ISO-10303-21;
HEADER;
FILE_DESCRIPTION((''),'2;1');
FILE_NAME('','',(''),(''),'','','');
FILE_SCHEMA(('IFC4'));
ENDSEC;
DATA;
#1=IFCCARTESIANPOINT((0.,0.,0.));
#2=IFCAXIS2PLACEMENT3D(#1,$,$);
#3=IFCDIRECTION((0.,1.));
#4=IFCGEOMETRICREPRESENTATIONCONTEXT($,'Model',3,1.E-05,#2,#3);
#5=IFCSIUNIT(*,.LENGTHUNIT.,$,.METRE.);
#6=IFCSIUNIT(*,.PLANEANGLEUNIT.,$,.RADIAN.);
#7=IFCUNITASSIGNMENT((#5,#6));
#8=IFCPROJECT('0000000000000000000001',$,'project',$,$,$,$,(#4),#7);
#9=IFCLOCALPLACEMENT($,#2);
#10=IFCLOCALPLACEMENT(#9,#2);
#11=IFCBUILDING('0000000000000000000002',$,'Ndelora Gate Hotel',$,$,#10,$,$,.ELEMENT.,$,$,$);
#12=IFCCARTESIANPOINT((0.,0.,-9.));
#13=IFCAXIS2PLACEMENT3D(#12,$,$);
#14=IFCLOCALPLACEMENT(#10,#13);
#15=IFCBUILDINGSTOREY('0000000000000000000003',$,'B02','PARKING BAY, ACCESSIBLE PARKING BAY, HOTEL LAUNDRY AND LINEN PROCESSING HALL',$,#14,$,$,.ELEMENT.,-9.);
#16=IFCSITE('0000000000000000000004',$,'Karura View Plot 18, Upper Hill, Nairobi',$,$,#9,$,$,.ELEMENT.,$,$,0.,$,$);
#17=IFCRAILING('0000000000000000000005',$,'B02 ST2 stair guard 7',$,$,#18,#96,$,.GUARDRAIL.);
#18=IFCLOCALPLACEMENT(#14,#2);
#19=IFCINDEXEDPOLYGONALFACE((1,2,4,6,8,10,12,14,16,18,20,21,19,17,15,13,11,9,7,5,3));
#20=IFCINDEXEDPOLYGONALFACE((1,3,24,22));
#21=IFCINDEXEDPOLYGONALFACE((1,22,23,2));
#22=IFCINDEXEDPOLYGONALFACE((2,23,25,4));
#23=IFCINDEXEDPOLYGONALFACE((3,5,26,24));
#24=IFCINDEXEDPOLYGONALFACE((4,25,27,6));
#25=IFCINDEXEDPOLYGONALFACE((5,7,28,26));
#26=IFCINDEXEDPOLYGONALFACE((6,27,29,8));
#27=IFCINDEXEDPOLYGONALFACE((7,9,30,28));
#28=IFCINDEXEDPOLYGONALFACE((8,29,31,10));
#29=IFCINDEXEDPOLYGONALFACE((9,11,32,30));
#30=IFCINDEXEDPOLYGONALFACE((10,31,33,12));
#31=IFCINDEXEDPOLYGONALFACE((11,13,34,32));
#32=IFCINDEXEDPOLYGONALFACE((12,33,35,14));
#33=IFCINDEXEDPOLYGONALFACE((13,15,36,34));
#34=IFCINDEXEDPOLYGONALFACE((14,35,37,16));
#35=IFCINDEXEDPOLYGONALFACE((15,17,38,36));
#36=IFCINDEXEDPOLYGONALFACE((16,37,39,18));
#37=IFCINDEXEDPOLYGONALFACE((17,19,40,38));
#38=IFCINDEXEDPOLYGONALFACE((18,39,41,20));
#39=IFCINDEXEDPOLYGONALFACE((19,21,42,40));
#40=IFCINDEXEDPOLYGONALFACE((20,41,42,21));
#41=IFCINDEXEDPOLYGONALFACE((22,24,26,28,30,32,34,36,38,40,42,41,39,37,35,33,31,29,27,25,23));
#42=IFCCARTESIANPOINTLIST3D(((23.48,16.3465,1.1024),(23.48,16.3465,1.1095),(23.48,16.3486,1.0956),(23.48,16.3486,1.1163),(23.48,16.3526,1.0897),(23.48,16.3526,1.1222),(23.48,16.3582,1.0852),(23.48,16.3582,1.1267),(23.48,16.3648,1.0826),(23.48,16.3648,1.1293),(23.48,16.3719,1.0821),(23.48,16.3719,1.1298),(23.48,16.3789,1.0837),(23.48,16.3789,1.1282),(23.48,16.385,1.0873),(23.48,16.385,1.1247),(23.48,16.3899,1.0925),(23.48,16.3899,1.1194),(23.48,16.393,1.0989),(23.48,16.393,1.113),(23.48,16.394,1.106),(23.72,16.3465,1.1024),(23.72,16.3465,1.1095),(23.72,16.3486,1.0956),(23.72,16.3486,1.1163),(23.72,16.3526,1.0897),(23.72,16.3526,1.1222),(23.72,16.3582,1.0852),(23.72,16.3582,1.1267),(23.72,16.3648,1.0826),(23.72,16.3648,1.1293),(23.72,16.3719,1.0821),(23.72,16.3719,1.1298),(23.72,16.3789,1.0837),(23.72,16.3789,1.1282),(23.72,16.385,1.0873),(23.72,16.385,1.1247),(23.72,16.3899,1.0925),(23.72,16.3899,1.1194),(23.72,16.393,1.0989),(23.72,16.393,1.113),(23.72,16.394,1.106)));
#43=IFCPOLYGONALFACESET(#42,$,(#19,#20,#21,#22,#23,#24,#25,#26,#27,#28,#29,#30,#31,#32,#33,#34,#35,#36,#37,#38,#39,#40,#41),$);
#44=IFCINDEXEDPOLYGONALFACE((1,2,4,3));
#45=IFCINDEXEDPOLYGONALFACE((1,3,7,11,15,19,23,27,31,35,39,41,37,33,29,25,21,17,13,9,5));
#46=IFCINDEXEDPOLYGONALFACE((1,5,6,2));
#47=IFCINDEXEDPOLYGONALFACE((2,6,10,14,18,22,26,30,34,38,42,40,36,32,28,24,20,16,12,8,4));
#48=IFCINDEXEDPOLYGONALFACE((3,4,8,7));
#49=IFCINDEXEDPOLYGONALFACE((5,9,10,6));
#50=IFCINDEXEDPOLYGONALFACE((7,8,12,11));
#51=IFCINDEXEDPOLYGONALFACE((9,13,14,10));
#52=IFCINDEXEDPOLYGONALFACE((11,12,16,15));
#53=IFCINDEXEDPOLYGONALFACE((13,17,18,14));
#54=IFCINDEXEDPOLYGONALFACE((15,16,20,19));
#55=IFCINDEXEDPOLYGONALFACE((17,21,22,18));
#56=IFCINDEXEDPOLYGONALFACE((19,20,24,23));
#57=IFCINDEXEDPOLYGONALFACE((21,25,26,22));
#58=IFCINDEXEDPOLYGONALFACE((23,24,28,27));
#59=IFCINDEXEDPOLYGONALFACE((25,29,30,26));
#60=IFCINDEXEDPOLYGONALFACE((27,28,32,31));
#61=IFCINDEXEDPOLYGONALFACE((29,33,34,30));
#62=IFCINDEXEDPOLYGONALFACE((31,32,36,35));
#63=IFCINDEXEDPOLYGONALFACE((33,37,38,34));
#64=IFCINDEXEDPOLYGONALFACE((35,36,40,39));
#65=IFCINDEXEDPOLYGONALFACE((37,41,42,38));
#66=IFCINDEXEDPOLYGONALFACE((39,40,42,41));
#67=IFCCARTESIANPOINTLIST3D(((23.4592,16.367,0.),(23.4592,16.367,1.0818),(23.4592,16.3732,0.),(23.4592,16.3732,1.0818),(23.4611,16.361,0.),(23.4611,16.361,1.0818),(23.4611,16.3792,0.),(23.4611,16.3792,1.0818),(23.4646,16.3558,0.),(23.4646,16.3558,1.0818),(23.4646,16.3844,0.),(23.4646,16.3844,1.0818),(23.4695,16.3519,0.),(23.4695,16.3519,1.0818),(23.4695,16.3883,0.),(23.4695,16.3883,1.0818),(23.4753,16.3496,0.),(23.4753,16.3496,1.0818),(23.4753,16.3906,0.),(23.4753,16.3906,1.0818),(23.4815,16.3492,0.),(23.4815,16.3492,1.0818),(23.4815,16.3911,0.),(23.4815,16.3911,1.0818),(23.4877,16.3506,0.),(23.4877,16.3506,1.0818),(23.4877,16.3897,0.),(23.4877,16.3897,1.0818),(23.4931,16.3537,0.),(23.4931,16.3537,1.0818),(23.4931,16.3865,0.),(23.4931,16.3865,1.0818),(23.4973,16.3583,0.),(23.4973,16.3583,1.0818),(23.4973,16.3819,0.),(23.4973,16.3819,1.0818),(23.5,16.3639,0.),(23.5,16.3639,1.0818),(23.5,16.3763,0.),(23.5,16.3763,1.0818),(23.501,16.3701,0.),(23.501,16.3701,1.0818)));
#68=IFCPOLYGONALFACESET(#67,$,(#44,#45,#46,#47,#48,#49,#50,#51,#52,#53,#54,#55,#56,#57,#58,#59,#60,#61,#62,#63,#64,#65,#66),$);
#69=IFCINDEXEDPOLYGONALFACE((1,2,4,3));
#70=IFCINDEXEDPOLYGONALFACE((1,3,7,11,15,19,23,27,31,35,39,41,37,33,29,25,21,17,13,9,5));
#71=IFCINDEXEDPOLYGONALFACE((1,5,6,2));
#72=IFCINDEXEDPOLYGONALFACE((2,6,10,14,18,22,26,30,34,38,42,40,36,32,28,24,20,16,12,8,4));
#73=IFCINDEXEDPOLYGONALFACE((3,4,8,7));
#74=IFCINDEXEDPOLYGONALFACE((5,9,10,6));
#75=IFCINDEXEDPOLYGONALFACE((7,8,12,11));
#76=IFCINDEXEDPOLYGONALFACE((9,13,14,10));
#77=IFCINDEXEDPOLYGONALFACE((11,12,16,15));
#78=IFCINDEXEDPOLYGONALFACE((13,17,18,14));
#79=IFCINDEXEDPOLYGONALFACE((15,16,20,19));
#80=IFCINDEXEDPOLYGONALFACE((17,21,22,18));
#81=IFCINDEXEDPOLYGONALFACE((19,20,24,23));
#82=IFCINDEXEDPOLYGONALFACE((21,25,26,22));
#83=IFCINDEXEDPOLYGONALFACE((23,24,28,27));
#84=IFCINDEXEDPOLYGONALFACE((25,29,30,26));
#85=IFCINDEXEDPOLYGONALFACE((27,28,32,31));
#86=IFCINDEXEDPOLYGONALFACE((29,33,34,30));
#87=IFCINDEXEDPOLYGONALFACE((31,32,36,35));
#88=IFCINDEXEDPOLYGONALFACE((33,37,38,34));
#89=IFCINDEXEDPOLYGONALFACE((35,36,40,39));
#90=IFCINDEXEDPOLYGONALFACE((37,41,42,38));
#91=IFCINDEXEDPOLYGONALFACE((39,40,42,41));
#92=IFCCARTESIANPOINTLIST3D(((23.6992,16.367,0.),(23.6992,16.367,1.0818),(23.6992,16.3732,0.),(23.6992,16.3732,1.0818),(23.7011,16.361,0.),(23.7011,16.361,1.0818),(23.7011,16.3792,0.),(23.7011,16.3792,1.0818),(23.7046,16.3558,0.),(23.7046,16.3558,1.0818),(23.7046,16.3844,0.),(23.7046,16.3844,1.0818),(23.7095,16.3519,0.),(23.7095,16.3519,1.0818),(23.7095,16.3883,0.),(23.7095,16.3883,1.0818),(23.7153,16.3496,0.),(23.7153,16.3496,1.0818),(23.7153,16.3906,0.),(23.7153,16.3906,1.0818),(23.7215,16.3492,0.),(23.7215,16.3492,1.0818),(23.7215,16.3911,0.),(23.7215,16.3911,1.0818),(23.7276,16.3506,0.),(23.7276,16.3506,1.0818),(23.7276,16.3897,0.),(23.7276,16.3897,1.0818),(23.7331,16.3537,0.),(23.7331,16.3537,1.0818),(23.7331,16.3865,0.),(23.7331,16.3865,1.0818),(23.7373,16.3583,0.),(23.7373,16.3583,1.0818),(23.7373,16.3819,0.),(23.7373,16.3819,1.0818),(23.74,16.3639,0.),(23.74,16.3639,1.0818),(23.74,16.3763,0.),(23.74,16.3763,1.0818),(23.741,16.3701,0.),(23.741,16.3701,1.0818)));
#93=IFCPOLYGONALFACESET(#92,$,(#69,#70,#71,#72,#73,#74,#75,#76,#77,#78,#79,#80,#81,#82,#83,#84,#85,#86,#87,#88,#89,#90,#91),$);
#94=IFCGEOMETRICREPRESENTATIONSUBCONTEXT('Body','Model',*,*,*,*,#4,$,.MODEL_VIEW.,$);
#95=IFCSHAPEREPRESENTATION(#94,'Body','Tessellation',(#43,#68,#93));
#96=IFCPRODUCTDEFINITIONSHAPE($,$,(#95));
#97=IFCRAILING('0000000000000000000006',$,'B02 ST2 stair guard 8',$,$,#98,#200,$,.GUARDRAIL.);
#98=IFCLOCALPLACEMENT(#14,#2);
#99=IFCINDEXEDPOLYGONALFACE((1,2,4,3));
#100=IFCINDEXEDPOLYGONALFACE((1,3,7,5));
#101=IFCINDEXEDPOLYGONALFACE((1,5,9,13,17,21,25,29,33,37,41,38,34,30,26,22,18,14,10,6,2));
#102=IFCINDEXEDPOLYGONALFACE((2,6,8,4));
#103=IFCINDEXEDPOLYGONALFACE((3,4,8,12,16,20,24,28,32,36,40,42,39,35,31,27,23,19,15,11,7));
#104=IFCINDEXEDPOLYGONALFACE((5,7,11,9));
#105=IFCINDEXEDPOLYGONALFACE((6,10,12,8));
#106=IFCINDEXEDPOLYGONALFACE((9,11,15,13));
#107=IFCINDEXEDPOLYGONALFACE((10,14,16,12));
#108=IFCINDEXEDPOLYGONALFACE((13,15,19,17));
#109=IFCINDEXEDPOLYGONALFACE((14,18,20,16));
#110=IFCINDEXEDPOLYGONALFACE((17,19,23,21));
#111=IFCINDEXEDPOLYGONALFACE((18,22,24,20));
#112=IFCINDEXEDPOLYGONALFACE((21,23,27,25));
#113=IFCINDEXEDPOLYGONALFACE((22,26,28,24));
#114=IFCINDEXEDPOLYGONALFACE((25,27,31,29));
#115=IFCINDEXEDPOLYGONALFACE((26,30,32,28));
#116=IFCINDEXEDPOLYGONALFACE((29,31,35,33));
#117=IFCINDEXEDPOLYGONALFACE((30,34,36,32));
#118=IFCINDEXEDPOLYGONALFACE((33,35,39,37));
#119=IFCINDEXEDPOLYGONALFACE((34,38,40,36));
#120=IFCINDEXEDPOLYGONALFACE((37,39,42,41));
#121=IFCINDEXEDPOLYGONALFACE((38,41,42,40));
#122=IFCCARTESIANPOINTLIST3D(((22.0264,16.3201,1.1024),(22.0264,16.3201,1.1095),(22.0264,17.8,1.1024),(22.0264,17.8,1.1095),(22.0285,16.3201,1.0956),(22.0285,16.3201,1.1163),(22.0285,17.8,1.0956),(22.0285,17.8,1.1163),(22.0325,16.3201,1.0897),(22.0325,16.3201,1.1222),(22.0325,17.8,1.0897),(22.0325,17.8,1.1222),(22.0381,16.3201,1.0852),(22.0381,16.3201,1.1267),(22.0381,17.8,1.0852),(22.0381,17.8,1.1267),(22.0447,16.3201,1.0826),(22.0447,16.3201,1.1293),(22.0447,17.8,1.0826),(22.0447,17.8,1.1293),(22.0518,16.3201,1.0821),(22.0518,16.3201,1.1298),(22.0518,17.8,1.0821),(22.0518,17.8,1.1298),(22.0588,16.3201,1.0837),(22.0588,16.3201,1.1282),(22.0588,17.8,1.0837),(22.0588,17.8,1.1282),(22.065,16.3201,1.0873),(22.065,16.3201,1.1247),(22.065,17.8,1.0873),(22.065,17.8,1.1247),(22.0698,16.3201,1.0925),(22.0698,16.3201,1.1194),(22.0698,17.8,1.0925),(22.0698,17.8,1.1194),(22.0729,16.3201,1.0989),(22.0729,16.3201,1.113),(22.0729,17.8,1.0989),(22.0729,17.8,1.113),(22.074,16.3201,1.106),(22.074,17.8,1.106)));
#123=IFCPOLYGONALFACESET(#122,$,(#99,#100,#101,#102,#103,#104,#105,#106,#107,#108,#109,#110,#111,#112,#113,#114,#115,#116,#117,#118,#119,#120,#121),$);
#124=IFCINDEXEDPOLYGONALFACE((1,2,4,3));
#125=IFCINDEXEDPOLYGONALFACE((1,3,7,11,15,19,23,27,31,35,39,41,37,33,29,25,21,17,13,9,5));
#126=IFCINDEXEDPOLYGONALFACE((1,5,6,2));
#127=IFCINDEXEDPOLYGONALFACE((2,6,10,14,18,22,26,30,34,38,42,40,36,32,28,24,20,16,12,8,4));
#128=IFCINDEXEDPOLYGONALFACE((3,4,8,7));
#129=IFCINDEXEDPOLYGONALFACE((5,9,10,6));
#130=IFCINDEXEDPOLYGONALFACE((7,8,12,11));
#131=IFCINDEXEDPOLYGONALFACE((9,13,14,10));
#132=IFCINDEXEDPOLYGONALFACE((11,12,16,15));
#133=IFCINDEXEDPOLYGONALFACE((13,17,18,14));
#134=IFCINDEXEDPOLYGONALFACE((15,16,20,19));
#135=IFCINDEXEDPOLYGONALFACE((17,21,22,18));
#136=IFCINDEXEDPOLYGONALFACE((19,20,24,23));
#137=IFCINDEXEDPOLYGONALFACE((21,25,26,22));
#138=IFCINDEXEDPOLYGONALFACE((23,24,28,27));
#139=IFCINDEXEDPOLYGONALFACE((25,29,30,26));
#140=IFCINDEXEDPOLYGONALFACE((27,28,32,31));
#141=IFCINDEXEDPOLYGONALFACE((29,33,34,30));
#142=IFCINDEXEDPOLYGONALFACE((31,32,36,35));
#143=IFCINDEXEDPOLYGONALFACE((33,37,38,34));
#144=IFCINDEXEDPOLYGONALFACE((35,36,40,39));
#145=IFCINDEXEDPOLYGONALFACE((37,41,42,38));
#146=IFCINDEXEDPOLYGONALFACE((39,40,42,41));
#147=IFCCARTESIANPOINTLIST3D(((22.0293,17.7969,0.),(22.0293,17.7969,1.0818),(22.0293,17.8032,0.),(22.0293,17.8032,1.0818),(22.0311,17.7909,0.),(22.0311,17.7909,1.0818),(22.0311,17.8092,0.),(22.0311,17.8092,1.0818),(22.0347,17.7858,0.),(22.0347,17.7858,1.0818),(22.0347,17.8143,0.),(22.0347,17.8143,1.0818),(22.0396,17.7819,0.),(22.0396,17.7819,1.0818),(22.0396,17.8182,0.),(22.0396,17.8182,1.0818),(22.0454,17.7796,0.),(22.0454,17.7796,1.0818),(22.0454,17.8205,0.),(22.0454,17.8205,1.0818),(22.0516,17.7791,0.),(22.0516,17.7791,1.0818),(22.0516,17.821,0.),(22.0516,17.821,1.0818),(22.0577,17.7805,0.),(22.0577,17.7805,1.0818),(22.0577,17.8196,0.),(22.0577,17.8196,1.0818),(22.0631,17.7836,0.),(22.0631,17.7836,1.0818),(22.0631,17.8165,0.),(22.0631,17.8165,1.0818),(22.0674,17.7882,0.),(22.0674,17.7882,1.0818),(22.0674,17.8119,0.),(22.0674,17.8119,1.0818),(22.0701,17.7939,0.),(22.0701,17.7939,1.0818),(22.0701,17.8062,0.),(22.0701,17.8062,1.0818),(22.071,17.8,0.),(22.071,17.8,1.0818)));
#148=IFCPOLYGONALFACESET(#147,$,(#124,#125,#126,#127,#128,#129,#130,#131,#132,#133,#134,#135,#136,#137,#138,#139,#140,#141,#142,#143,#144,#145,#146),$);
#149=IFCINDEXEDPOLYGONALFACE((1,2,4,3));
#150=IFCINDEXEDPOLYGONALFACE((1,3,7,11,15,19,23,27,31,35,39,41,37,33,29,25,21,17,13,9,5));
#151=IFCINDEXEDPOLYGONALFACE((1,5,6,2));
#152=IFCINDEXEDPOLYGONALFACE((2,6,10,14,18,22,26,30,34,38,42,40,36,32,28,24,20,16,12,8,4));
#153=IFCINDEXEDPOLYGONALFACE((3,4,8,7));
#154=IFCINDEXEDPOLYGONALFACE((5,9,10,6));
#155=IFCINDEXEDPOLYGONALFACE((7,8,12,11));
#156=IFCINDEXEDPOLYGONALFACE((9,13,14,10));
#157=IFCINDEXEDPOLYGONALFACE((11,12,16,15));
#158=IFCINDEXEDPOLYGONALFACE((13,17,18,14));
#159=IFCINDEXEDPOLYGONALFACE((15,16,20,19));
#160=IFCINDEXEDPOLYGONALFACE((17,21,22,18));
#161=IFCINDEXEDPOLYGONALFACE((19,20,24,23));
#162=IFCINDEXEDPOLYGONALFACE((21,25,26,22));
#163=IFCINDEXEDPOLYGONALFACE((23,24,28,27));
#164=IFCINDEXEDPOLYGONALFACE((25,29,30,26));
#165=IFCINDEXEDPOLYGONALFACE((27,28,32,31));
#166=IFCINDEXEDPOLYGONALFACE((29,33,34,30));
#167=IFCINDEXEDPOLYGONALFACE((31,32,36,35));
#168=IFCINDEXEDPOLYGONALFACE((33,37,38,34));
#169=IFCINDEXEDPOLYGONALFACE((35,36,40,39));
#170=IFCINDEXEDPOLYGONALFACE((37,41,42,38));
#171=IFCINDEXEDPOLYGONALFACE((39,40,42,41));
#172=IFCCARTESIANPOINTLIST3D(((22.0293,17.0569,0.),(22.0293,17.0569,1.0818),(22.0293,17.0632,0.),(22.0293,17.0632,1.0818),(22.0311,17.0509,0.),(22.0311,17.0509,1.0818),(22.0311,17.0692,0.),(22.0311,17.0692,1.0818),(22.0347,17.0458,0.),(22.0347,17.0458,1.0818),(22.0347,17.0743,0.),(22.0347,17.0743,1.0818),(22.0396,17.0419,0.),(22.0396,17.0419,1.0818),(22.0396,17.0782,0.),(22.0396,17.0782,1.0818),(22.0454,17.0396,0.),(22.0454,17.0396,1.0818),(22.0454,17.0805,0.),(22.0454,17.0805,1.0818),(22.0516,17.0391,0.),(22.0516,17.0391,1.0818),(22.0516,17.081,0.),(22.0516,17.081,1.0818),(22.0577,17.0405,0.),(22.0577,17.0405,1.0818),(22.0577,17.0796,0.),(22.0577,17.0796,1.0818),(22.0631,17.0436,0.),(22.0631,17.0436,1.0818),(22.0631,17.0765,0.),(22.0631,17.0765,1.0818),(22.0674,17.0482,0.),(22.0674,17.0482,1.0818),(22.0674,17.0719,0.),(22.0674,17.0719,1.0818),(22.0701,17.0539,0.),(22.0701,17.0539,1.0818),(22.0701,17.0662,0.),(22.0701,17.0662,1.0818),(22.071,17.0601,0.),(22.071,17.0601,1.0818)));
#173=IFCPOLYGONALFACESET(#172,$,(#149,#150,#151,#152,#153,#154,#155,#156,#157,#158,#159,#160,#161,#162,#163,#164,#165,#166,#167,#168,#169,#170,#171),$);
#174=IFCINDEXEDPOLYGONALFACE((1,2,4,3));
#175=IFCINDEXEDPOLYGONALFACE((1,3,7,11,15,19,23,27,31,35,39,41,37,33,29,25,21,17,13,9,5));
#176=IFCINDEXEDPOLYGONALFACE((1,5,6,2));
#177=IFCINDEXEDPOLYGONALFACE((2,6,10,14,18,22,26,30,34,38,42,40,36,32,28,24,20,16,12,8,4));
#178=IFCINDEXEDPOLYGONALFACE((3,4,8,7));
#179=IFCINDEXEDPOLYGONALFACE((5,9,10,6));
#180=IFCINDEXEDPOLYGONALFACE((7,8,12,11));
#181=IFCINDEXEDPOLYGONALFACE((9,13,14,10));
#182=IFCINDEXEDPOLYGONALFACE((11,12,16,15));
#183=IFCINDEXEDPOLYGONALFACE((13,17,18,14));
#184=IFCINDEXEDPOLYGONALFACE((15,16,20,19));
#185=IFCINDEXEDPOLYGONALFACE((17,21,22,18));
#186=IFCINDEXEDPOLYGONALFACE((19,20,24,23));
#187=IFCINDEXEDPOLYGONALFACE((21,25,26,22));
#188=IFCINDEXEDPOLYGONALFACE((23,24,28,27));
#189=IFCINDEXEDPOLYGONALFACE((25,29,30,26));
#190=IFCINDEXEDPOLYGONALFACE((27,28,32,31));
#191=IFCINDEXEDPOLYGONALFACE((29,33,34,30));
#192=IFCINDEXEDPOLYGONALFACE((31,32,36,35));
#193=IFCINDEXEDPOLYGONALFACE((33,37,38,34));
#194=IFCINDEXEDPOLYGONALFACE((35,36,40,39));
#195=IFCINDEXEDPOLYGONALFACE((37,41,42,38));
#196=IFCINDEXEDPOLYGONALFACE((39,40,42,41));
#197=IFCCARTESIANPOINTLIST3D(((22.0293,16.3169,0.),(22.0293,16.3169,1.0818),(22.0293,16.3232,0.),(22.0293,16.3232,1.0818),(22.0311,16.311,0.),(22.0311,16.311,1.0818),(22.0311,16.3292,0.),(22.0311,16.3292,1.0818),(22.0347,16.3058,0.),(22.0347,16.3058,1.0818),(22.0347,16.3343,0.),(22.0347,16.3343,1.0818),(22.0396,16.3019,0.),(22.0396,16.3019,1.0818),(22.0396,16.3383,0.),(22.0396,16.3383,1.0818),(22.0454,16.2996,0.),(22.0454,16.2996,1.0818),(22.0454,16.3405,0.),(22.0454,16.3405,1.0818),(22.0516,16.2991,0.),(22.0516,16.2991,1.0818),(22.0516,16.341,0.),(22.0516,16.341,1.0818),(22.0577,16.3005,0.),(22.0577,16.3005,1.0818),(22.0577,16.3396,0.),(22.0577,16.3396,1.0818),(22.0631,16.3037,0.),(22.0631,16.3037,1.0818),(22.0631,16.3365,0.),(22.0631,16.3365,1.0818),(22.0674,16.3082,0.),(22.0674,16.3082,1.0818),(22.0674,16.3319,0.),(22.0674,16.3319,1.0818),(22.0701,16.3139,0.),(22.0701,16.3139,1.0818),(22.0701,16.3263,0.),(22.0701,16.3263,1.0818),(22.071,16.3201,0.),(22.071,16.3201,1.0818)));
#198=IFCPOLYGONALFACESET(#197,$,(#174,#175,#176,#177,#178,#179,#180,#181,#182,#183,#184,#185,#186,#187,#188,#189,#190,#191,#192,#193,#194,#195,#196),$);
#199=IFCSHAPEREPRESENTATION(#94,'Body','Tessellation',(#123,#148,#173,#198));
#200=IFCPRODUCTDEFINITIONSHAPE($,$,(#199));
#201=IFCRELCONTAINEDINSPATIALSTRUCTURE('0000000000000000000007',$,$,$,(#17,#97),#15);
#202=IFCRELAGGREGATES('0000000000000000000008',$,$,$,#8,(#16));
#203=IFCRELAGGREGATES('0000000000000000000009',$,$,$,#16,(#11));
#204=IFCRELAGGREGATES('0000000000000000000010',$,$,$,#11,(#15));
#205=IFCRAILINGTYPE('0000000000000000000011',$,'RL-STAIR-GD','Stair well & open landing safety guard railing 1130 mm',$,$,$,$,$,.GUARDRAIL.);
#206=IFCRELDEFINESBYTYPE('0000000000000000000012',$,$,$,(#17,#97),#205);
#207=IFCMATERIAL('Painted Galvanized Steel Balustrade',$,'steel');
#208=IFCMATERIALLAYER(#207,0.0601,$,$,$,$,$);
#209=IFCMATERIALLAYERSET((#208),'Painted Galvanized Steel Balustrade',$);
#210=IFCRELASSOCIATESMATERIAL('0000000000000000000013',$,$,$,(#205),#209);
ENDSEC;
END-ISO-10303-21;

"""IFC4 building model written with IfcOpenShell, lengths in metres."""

from ifc_helpers import new_model, si_unit, direction, frame, origin, origin_2d, place, context, subcontext, project, spatial, circle, extrude, material, layer, layer_set, type_object, element, save


model = new_model("IFC4")

# Units and contexts
model_context = context("Model", 3, precision=1e-05, world=origin(), true_north=direction((0.0, 1.0)))
body_context = subcontext(model_context, "Body", "Model", "MODEL_VIEW")
ifc_project = project(units=[si_unit("LENGTHUNIT", "METRE"), si_unit("PLANEANGLEUNIT", "RADIAN")], contexts=[model_context])

# Site, building, storey
site_placement = place(None, origin())
site = spatial("IfcSite", under=ifc_project, at=site_placement, Name="Karura View Plot 18, Upper Hill, Nairobi", CompositionType="ELEMENT", RefElevation=0.0)
building_placement = place(site_placement, origin())
building = spatial("IfcBuilding", under=site, at=building_placement, Name="Ndelora Gate Hotel", CompositionType="ELEMENT")
storey_placement = place(building_placement, frame((0.0, 0.0, -9.0)))
storey = spatial("IfcBuildingStorey", under=building, at=storey_placement, Name="B02", Description="PARKING BAY, ACCESSIBLE PARKING BAY, HOTEL LAUNDRY AND LINEN PROCESSING HALL", CompositionType="ELEMENT", Elevation=-9.0)

# Railings
ifc_material_1 = material(Name="Painted Galvanized Steel Balustrade", Category="steel")
ifc_layer_1 = layer(ifc_material_1, 0.0601)
ifc_layer_set_1 = layer_set([ifc_layer_1], Name="Painted Galvanized Steel Balustrade")
railing_type_1 = type_object("IfcRailingType", Name="RL-STAIR-GD", Description="Stair well & open landing safety guard railing 1130 mm", PredefinedType="GUARDRAIL", material=ifc_layer_set_1)
railing_1_placement = place(storey_placement, frame((23.48, 16.3701, 0.0)))
element("IfcRailing", 1, at=railing_1_placement, inside=storey, type_object=railing_type_1, Name="B02 ST2 stair guard 7", PredefinedType="GUARDRAIL", context=body_context, shape_type="SweptSolid", body=[
    extrude(circle(Radius=0.0239, at=origin_2d()), frame((0.0, 0.0, 1.106), z_axis=(1.0, 0.0, 0.0), x_axis=(0.0, 1.0, 0.0)), (0.0, 0.0, 1.0), 0.24),
    extrude(circle(Radius=0.021, at=origin_2d()), origin(), (0.0, 0.0, 1.0), 1.0818),
    extrude(circle(Radius=0.021, at=origin_2d()), frame((0.24, 0.0, 0.0)), (0.0, 0.0, 1.0), 1.0818),
])
for number, where, name in (
    (2, (22.05, 17.8, 0.0), "B02 ST2 stair guard 8"),
):
    element("IfcRailing", number, at=place(storey_placement, frame(where)), inside=storey, type_object=railing_type_1, Name=name, PredefinedType="GUARDRAIL", context=body_context, shape_type="SweptSolid", body=[
        extrude(circle(Radius=0.0239, at=origin_2d()), frame((0.0, 0.0, 1.106), z_axis=(0.0, -1.0, 0.0), x_axis=(1.0, 0.0, 0.0)), (0.0, 0.0, 1.0), 1.48),
        extrude(circle(Radius=0.021, at=origin_2d()), origin(), (0.0, 0.0, 1.0), 1.0818),
        extrude(circle(Radius=0.021, at=origin_2d()), frame((0.0, -0.74, 0.0)), (0.0, 0.0, 1.0), 1.0818),
        extrude(circle(Radius=0.021, at=origin_2d()), frame((0.0, -1.48, 0.0)), (0.0, 0.0, 1.0), 1.0818),
    ])

save(model, "model.ifc")
